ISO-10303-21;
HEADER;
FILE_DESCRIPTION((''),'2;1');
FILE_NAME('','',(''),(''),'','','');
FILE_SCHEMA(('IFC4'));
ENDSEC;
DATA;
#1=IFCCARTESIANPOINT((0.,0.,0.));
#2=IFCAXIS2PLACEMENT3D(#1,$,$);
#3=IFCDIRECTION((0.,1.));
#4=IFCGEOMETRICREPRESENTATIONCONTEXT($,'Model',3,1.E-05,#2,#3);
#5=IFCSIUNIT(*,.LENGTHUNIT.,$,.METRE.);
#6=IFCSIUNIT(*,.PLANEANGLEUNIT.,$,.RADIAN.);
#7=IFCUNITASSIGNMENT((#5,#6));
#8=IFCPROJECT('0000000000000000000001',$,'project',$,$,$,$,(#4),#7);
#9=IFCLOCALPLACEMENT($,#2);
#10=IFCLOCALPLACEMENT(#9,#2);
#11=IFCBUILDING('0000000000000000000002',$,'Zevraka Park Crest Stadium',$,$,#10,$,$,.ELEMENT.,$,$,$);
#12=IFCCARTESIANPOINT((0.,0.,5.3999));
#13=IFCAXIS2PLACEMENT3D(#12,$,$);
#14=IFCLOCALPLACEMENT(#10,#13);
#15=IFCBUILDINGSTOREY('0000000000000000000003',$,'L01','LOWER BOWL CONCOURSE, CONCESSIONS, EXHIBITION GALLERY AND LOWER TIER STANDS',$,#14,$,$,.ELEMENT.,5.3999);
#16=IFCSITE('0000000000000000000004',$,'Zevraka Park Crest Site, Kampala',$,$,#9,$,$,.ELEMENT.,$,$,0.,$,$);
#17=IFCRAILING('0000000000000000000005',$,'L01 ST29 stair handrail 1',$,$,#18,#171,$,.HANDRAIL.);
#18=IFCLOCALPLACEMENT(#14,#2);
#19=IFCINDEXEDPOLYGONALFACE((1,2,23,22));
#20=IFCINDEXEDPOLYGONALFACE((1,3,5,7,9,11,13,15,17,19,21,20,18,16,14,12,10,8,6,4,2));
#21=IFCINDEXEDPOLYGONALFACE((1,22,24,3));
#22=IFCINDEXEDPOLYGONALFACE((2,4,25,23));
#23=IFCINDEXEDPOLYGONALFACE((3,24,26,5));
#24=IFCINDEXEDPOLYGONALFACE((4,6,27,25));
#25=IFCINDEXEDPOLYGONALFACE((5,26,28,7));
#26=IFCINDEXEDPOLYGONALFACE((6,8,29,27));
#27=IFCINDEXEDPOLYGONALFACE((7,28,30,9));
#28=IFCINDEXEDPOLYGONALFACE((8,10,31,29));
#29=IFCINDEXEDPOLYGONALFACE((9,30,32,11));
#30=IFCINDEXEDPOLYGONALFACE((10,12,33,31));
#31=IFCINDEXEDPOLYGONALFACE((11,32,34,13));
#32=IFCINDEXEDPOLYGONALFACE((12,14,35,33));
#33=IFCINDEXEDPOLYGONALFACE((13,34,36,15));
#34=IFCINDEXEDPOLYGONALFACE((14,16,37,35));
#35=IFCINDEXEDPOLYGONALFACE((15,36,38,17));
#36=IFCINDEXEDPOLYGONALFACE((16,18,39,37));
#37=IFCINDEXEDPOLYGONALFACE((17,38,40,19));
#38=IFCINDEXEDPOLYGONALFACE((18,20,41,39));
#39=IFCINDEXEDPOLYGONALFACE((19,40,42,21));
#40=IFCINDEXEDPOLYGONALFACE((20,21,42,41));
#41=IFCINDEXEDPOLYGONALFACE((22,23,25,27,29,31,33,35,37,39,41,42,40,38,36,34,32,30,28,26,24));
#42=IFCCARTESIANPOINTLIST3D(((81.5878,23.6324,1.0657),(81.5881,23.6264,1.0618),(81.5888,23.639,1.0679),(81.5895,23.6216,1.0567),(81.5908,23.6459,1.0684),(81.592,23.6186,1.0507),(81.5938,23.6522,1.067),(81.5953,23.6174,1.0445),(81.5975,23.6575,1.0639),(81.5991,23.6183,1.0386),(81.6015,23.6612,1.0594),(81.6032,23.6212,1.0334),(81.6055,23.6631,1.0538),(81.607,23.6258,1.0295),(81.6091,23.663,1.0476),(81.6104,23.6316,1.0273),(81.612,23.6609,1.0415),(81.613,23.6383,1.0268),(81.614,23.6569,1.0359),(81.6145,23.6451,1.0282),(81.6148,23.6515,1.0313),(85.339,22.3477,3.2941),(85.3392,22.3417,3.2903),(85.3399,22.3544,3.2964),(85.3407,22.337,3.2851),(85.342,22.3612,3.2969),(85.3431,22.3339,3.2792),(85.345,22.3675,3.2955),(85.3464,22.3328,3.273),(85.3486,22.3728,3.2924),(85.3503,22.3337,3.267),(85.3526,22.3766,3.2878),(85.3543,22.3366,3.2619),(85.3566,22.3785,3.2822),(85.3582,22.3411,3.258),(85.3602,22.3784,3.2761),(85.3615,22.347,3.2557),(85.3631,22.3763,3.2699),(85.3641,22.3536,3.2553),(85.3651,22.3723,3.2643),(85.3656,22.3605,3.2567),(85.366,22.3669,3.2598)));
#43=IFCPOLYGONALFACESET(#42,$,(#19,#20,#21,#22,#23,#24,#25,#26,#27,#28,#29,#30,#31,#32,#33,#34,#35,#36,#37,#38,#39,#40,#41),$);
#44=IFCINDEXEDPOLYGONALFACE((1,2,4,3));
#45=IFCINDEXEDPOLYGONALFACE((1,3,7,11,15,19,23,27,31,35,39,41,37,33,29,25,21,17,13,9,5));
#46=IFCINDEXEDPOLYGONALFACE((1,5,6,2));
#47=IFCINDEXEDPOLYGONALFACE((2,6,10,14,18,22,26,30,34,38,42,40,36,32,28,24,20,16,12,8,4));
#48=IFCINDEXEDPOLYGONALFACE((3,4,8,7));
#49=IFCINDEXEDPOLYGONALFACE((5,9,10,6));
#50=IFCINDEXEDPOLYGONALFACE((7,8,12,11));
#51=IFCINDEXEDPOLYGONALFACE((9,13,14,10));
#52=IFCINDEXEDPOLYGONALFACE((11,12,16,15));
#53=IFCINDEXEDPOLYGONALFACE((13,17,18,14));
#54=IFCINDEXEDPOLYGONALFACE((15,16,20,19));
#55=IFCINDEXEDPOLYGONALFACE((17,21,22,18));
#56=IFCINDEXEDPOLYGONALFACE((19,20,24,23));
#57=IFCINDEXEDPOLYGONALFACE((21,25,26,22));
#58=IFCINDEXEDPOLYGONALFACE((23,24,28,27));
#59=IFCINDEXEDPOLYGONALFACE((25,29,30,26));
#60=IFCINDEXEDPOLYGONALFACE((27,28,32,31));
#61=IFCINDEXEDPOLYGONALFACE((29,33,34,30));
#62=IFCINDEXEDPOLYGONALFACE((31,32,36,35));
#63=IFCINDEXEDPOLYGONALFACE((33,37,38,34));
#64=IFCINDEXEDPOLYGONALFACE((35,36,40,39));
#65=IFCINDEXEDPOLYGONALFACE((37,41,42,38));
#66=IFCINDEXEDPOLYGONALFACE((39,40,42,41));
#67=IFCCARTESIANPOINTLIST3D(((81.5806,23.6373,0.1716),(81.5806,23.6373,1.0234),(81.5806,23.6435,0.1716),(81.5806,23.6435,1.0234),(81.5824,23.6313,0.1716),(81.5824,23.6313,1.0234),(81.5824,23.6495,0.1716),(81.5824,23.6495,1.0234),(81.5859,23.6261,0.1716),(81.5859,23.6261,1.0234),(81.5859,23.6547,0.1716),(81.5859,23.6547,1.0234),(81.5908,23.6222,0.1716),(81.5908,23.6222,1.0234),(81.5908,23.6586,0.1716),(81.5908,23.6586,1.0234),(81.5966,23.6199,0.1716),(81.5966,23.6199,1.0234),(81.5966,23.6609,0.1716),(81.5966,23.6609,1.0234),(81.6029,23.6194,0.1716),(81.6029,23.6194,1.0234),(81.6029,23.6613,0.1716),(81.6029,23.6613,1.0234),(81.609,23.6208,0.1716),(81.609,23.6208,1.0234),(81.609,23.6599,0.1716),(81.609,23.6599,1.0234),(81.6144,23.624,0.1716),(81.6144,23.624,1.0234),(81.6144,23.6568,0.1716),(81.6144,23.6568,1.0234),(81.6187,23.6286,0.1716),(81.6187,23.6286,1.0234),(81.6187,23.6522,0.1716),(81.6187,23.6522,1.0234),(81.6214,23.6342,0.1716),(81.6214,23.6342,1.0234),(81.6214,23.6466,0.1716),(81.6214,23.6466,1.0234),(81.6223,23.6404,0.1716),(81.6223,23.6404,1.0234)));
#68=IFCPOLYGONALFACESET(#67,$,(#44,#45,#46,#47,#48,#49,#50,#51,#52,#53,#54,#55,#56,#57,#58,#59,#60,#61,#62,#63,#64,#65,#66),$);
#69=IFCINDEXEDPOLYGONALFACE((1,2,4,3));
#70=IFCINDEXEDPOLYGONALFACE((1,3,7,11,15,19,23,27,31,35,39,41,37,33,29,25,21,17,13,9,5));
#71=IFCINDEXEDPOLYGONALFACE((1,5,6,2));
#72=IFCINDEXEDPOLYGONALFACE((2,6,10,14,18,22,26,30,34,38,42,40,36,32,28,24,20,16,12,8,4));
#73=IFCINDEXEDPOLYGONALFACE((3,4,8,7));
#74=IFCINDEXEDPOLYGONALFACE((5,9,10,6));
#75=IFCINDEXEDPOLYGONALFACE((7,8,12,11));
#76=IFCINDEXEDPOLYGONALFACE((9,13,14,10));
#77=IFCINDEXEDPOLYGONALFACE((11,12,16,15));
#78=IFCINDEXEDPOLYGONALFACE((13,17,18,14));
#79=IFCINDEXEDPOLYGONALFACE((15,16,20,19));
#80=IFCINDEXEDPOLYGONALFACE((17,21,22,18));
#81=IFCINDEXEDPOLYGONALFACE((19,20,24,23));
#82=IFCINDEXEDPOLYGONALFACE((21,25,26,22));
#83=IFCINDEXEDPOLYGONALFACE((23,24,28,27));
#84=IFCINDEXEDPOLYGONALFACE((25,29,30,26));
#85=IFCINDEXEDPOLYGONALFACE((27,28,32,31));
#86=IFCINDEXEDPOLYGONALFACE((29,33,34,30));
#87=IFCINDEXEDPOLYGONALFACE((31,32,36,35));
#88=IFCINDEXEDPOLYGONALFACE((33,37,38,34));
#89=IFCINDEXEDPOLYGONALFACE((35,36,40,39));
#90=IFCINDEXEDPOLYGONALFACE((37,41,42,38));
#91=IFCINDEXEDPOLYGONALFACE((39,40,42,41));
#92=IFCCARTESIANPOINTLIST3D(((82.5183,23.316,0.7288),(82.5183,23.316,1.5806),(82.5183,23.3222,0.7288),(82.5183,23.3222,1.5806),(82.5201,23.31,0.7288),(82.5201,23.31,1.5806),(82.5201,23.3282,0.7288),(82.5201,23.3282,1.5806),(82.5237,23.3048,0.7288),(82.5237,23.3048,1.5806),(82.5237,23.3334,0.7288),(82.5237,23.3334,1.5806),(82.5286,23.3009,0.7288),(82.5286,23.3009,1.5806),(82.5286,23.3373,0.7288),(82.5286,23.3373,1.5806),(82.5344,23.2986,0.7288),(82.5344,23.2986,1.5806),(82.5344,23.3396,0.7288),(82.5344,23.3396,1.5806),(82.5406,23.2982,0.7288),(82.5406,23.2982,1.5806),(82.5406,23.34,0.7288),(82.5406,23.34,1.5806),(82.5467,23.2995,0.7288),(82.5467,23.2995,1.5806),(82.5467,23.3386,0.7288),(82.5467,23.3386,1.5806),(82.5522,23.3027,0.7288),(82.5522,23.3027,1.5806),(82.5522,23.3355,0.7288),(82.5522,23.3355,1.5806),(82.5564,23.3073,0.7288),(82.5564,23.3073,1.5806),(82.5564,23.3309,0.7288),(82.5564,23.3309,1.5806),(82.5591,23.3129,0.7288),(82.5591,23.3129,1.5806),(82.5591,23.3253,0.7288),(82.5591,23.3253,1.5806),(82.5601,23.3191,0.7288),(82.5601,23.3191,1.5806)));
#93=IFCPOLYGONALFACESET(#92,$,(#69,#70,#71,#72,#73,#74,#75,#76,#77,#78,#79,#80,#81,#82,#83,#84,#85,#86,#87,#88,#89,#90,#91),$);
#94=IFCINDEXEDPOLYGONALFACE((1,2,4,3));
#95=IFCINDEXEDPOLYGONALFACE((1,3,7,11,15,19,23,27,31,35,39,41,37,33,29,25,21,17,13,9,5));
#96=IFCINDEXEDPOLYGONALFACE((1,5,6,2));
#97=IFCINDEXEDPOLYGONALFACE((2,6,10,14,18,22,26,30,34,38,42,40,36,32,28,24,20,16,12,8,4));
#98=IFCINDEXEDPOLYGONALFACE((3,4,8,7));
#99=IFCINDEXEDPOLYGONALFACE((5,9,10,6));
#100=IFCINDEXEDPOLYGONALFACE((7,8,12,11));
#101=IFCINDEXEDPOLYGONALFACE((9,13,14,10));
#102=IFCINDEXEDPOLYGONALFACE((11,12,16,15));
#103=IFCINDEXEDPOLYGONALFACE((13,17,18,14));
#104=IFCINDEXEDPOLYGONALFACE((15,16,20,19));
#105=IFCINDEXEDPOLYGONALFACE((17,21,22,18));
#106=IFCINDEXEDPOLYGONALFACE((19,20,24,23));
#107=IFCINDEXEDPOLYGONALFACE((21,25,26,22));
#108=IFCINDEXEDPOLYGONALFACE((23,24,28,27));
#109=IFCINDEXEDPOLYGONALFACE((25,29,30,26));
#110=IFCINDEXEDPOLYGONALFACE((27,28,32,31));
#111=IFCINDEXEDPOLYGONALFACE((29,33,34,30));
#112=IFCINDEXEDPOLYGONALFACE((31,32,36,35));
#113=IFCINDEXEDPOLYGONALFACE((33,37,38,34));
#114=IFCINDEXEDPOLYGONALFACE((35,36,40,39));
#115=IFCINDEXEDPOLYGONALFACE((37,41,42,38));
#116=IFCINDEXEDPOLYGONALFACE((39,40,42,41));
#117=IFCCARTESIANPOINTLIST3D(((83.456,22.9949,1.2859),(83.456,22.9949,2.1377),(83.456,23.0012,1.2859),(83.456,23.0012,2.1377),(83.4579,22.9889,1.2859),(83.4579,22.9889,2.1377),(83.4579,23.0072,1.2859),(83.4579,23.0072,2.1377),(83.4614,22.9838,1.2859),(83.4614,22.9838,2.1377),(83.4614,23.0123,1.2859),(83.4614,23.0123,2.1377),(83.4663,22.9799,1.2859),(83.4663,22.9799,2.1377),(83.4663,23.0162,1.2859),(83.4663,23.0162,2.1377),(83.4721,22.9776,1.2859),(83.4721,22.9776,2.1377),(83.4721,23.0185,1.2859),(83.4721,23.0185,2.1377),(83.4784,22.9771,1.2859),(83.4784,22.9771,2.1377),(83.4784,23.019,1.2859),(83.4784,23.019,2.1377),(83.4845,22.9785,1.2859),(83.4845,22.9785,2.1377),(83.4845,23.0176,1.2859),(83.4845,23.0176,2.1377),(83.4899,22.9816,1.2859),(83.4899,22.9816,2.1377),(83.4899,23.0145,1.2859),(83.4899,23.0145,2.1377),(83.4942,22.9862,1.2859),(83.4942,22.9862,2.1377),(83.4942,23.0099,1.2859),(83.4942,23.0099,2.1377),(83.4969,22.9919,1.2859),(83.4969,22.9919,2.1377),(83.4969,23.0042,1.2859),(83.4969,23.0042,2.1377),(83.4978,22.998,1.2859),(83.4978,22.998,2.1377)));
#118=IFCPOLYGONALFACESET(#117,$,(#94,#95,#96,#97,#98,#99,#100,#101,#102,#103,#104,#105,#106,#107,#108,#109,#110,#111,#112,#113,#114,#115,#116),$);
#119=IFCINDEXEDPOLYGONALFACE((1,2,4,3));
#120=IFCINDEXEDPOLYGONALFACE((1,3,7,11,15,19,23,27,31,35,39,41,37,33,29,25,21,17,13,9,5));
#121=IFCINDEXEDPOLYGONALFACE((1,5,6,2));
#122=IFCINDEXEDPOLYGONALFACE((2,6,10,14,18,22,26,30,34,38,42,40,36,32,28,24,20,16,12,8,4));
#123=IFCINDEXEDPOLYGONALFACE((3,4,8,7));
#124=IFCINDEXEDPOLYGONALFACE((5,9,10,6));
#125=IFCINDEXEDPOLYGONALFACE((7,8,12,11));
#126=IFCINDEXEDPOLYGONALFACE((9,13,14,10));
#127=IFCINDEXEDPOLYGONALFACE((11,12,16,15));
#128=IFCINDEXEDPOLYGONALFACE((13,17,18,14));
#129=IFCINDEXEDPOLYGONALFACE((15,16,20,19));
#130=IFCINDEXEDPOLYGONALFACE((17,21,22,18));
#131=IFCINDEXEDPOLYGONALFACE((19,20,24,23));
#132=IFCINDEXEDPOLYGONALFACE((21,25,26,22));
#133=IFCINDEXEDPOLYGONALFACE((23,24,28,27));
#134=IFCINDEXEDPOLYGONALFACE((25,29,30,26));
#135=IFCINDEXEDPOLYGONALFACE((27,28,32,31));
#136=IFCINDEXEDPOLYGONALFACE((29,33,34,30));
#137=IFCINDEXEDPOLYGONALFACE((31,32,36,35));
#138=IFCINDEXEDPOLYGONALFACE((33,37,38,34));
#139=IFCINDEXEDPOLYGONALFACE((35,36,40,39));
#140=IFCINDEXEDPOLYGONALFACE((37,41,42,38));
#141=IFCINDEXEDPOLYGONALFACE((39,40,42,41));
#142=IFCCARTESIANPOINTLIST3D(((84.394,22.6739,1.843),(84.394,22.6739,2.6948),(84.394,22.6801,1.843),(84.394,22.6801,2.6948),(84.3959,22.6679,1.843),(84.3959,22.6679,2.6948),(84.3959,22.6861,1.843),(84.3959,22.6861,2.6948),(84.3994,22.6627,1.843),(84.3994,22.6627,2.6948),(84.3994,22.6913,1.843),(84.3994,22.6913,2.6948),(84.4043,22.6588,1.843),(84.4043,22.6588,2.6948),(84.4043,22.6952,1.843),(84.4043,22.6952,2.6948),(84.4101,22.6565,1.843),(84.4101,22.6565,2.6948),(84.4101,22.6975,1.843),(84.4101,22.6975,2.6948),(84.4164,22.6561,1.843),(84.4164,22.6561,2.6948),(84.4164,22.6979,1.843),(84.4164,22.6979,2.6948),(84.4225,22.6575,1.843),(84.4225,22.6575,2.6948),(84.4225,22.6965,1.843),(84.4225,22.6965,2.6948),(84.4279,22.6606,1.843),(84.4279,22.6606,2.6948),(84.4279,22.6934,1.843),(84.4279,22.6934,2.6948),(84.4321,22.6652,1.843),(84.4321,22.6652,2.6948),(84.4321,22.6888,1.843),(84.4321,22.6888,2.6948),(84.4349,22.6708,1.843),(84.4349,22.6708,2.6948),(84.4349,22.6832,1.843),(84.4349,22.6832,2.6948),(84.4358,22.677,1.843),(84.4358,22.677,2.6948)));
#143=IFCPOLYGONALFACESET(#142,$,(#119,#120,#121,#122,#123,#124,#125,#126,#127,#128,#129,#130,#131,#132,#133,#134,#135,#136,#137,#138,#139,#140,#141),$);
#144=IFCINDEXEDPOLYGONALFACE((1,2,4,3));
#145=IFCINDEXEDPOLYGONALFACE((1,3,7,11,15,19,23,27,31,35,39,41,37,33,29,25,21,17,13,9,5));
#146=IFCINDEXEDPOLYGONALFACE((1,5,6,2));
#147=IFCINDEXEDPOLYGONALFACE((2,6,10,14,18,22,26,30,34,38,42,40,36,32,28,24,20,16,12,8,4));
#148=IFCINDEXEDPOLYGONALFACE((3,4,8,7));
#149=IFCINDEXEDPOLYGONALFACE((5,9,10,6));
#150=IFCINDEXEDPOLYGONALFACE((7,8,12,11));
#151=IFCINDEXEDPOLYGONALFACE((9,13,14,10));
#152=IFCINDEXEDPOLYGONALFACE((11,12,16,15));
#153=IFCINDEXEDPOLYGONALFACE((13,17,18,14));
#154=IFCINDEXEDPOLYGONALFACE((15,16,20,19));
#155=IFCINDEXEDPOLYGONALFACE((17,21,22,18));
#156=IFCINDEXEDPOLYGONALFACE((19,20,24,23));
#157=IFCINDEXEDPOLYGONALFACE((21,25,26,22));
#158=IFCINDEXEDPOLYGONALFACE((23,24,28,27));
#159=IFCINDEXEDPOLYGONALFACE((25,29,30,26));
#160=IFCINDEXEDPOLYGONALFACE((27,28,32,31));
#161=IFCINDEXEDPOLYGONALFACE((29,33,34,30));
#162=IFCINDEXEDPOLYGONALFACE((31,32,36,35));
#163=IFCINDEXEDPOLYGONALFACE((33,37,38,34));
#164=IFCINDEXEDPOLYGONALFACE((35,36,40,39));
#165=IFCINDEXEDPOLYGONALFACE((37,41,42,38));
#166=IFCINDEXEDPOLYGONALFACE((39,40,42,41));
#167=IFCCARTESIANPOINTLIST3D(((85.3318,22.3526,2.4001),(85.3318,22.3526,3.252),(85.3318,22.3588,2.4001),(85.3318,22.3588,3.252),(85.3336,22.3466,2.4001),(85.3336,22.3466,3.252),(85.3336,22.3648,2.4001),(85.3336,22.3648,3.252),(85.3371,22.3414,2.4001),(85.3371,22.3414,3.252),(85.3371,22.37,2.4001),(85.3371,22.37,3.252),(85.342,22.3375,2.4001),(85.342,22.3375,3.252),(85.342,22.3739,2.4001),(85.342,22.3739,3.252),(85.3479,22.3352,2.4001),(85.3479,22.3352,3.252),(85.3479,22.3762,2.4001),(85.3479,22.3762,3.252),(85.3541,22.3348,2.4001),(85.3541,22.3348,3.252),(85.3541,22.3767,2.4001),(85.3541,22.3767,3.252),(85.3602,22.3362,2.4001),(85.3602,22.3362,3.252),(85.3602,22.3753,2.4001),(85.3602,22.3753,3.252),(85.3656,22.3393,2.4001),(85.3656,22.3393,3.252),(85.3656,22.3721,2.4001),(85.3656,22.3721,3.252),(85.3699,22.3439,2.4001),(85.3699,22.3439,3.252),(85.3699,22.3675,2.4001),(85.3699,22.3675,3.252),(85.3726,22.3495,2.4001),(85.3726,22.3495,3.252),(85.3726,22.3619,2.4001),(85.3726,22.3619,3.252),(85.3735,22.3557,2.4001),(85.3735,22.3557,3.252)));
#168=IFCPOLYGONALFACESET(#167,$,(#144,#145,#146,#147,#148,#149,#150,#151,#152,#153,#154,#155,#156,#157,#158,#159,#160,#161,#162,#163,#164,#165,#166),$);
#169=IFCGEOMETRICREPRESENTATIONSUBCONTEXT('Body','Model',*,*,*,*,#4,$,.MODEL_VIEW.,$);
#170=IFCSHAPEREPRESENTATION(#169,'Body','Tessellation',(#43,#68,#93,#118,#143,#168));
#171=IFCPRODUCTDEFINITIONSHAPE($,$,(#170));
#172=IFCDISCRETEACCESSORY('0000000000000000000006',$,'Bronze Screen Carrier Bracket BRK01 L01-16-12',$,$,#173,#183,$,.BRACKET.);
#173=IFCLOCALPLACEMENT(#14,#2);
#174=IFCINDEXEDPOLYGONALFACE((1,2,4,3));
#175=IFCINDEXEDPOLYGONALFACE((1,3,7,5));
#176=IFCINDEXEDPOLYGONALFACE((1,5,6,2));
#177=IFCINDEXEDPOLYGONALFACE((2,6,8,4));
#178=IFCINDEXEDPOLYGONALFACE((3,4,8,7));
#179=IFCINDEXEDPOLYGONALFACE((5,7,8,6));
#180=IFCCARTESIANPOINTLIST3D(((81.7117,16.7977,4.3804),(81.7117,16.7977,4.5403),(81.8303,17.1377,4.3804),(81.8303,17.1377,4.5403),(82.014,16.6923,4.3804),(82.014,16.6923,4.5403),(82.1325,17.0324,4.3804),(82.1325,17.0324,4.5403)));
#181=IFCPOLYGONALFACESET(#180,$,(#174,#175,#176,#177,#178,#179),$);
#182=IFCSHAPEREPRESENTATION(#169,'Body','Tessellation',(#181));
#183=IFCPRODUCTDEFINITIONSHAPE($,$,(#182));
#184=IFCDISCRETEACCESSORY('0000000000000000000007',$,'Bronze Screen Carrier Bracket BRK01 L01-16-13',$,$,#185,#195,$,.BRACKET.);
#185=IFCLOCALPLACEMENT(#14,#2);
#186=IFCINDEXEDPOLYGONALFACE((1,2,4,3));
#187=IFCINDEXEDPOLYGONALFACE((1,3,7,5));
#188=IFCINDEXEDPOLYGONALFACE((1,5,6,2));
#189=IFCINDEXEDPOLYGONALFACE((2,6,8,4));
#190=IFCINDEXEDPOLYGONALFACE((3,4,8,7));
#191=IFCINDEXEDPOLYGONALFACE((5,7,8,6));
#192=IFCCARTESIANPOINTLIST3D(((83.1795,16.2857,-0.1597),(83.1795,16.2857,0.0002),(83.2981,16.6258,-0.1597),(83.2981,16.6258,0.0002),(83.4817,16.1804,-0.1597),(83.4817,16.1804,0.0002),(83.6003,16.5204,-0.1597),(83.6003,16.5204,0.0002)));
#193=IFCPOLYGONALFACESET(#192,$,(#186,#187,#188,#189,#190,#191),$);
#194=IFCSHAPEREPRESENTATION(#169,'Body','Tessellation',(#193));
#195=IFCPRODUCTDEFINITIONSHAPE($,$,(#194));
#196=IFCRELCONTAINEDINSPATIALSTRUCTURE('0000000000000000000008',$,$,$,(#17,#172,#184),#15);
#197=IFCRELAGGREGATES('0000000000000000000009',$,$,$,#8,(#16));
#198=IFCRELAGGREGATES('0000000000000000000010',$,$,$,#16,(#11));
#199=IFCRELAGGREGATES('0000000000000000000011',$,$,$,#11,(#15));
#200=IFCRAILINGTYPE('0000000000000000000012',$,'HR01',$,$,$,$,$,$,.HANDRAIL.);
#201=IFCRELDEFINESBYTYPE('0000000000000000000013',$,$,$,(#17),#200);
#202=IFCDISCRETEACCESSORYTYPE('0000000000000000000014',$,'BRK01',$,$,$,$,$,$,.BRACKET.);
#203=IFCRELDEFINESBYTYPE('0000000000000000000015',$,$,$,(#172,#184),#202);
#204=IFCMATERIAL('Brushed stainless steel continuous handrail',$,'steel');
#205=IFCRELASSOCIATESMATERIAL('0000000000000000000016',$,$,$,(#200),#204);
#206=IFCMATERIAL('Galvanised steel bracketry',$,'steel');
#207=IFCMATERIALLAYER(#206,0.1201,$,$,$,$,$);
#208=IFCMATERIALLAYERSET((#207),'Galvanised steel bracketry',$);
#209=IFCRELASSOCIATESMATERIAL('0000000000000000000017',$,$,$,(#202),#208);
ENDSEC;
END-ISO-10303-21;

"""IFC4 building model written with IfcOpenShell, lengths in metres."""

from ifc_helpers import new_model, si_unit, direction, frame, origin, origin_2d, place, context, subcontext, project, spatial, rectangle, circle, extrude, material, layer, layer_set, type_object, element, save


model = new_model("IFC4")

# Units and contexts
model_context = context("Model", 3, precision=1e-05, world=origin(), true_north=direction((0.0, 1.0)))
body_context = subcontext(model_context, "Body", "Model", "MODEL_VIEW")
ifc_project = project(units=[si_unit("LENGTHUNIT", "METRE"), si_unit("PLANEANGLEUNIT", "RADIAN")], contexts=[model_context])

# Site, building, storey
site_placement = place(None, origin())
site = spatial("IfcSite", under=ifc_project, at=site_placement, Name="Zevraka Park Crest Site, Kampala", CompositionType="ELEMENT", RefElevation=0.0)
building_placement = place(site_placement, origin())
building = spatial("IfcBuilding", under=site, at=building_placement, Name="Zevraka Park Crest Stadium", CompositionType="ELEMENT")
storey_placement = place(building_placement, frame((0.0, 0.0, 5.3999)))
storey = spatial("IfcBuildingStorey", under=building, at=storey_placement, Name="L01", Description="LOWER BOWL CONCOURSE, CONCESSIONS, EXHIBITION GALLERY AND LOWER TIER STANDS", CompositionType="ELEMENT", Elevation=5.3999)

# Railing
ifc_material_1 = material(Name="Brushed stainless steel continuous handrail", Category="steel")
railing_type_1 = type_object("IfcRailingType", Name="HR01", PredefinedType="HANDRAIL", material=ifc_material_1)
railing_1_placement = place(storey_placement, frame((81.6013, 23.6404, 0.1716)))
element("IfcRailing", 1, at=railing_1_placement, inside=storey, type_object=railing_type_1, Name="L01 ST29 stair handrail 1", PredefinedType="HANDRAIL", context=body_context, shape_type="SweptSolid", body=[
    extrude(circle(Radius=0.0239, at=origin_2d()), frame((0.0, 0.0, 0.876), z_axis=(0.824727, -0.282441, 0.489952), x_axis=(0.323994, 0.946059, 0.0)), (0.0, 0.0, 1.0), 4.5483),
    extrude(circle(Radius=0.021, at=origin_2d()), origin(), (0.0, 0.0, 1.0), 0.8518),
    extrude(circle(Radius=0.021, at=origin_2d()), frame((0.9377, -0.3213, 0.5571)), (0.0, 0.0, 1.0), 0.8518),
    extrude(circle(Radius=0.021, at=origin_2d()), frame((1.8755, -0.6423, 1.1143)), (0.0, 0.0, 1.0), 0.8518),
    extrude(circle(Radius=0.021, at=origin_2d()), frame((2.8135, -0.9634, 1.6714)), (0.0, 0.0, 1.0), 0.8518),
    extrude(circle(Radius=0.021, at=origin_2d()), frame((3.7512, -1.2847, 2.2285)), (0.0, 0.0, 1.0), 0.8518),
])

# Discrete accessories
ifc_material_2 = material(Name="Galvanised steel bracketry", Category="steel")
ifc_layer_1 = layer(ifc_material_2, 0.1201)
ifc_layer_set_1 = layer_set([ifc_layer_1], Name="Galvanised steel bracketry")
discrete_accessory_type = type_object("IfcDiscreteAccessoryType", Name="BRK01", PredefinedType="BRACKET", material=ifc_layer_set_1)
for number, where, z_axis, x_axis, name in (
    (2, (81.9221, 16.915, 4.3804), (0.0, 0.0, 1.0), (0.944262, -0.329196, 0.0), "Bronze Screen Carrier Bracket BRK01 L01-16-12"),
    (3, (83.3899, 16.4031, -0.1597), (0.0, 0.0, 1.0), (0.944262, -0.329196, 0.0), "Bronze Screen Carrier Bracket BRK01 L01-16-13"),
):
    element("IfcDiscreteAccessory", number, at=place(storey_placement, frame(where, z_axis=z_axis, x_axis=x_axis)), inside=storey, type_object=discrete_accessory_type, Name=name, PredefinedType="BRACKET", context=body_context, shape_type="SweptSolid", body=[
        extrude(rectangle(XDim=0.3201, YDim=0.3601, at=origin_2d()), origin(), (0.0, 0.0, 1.0), 0.1599),
    ])

save(model, "model.ifc")
